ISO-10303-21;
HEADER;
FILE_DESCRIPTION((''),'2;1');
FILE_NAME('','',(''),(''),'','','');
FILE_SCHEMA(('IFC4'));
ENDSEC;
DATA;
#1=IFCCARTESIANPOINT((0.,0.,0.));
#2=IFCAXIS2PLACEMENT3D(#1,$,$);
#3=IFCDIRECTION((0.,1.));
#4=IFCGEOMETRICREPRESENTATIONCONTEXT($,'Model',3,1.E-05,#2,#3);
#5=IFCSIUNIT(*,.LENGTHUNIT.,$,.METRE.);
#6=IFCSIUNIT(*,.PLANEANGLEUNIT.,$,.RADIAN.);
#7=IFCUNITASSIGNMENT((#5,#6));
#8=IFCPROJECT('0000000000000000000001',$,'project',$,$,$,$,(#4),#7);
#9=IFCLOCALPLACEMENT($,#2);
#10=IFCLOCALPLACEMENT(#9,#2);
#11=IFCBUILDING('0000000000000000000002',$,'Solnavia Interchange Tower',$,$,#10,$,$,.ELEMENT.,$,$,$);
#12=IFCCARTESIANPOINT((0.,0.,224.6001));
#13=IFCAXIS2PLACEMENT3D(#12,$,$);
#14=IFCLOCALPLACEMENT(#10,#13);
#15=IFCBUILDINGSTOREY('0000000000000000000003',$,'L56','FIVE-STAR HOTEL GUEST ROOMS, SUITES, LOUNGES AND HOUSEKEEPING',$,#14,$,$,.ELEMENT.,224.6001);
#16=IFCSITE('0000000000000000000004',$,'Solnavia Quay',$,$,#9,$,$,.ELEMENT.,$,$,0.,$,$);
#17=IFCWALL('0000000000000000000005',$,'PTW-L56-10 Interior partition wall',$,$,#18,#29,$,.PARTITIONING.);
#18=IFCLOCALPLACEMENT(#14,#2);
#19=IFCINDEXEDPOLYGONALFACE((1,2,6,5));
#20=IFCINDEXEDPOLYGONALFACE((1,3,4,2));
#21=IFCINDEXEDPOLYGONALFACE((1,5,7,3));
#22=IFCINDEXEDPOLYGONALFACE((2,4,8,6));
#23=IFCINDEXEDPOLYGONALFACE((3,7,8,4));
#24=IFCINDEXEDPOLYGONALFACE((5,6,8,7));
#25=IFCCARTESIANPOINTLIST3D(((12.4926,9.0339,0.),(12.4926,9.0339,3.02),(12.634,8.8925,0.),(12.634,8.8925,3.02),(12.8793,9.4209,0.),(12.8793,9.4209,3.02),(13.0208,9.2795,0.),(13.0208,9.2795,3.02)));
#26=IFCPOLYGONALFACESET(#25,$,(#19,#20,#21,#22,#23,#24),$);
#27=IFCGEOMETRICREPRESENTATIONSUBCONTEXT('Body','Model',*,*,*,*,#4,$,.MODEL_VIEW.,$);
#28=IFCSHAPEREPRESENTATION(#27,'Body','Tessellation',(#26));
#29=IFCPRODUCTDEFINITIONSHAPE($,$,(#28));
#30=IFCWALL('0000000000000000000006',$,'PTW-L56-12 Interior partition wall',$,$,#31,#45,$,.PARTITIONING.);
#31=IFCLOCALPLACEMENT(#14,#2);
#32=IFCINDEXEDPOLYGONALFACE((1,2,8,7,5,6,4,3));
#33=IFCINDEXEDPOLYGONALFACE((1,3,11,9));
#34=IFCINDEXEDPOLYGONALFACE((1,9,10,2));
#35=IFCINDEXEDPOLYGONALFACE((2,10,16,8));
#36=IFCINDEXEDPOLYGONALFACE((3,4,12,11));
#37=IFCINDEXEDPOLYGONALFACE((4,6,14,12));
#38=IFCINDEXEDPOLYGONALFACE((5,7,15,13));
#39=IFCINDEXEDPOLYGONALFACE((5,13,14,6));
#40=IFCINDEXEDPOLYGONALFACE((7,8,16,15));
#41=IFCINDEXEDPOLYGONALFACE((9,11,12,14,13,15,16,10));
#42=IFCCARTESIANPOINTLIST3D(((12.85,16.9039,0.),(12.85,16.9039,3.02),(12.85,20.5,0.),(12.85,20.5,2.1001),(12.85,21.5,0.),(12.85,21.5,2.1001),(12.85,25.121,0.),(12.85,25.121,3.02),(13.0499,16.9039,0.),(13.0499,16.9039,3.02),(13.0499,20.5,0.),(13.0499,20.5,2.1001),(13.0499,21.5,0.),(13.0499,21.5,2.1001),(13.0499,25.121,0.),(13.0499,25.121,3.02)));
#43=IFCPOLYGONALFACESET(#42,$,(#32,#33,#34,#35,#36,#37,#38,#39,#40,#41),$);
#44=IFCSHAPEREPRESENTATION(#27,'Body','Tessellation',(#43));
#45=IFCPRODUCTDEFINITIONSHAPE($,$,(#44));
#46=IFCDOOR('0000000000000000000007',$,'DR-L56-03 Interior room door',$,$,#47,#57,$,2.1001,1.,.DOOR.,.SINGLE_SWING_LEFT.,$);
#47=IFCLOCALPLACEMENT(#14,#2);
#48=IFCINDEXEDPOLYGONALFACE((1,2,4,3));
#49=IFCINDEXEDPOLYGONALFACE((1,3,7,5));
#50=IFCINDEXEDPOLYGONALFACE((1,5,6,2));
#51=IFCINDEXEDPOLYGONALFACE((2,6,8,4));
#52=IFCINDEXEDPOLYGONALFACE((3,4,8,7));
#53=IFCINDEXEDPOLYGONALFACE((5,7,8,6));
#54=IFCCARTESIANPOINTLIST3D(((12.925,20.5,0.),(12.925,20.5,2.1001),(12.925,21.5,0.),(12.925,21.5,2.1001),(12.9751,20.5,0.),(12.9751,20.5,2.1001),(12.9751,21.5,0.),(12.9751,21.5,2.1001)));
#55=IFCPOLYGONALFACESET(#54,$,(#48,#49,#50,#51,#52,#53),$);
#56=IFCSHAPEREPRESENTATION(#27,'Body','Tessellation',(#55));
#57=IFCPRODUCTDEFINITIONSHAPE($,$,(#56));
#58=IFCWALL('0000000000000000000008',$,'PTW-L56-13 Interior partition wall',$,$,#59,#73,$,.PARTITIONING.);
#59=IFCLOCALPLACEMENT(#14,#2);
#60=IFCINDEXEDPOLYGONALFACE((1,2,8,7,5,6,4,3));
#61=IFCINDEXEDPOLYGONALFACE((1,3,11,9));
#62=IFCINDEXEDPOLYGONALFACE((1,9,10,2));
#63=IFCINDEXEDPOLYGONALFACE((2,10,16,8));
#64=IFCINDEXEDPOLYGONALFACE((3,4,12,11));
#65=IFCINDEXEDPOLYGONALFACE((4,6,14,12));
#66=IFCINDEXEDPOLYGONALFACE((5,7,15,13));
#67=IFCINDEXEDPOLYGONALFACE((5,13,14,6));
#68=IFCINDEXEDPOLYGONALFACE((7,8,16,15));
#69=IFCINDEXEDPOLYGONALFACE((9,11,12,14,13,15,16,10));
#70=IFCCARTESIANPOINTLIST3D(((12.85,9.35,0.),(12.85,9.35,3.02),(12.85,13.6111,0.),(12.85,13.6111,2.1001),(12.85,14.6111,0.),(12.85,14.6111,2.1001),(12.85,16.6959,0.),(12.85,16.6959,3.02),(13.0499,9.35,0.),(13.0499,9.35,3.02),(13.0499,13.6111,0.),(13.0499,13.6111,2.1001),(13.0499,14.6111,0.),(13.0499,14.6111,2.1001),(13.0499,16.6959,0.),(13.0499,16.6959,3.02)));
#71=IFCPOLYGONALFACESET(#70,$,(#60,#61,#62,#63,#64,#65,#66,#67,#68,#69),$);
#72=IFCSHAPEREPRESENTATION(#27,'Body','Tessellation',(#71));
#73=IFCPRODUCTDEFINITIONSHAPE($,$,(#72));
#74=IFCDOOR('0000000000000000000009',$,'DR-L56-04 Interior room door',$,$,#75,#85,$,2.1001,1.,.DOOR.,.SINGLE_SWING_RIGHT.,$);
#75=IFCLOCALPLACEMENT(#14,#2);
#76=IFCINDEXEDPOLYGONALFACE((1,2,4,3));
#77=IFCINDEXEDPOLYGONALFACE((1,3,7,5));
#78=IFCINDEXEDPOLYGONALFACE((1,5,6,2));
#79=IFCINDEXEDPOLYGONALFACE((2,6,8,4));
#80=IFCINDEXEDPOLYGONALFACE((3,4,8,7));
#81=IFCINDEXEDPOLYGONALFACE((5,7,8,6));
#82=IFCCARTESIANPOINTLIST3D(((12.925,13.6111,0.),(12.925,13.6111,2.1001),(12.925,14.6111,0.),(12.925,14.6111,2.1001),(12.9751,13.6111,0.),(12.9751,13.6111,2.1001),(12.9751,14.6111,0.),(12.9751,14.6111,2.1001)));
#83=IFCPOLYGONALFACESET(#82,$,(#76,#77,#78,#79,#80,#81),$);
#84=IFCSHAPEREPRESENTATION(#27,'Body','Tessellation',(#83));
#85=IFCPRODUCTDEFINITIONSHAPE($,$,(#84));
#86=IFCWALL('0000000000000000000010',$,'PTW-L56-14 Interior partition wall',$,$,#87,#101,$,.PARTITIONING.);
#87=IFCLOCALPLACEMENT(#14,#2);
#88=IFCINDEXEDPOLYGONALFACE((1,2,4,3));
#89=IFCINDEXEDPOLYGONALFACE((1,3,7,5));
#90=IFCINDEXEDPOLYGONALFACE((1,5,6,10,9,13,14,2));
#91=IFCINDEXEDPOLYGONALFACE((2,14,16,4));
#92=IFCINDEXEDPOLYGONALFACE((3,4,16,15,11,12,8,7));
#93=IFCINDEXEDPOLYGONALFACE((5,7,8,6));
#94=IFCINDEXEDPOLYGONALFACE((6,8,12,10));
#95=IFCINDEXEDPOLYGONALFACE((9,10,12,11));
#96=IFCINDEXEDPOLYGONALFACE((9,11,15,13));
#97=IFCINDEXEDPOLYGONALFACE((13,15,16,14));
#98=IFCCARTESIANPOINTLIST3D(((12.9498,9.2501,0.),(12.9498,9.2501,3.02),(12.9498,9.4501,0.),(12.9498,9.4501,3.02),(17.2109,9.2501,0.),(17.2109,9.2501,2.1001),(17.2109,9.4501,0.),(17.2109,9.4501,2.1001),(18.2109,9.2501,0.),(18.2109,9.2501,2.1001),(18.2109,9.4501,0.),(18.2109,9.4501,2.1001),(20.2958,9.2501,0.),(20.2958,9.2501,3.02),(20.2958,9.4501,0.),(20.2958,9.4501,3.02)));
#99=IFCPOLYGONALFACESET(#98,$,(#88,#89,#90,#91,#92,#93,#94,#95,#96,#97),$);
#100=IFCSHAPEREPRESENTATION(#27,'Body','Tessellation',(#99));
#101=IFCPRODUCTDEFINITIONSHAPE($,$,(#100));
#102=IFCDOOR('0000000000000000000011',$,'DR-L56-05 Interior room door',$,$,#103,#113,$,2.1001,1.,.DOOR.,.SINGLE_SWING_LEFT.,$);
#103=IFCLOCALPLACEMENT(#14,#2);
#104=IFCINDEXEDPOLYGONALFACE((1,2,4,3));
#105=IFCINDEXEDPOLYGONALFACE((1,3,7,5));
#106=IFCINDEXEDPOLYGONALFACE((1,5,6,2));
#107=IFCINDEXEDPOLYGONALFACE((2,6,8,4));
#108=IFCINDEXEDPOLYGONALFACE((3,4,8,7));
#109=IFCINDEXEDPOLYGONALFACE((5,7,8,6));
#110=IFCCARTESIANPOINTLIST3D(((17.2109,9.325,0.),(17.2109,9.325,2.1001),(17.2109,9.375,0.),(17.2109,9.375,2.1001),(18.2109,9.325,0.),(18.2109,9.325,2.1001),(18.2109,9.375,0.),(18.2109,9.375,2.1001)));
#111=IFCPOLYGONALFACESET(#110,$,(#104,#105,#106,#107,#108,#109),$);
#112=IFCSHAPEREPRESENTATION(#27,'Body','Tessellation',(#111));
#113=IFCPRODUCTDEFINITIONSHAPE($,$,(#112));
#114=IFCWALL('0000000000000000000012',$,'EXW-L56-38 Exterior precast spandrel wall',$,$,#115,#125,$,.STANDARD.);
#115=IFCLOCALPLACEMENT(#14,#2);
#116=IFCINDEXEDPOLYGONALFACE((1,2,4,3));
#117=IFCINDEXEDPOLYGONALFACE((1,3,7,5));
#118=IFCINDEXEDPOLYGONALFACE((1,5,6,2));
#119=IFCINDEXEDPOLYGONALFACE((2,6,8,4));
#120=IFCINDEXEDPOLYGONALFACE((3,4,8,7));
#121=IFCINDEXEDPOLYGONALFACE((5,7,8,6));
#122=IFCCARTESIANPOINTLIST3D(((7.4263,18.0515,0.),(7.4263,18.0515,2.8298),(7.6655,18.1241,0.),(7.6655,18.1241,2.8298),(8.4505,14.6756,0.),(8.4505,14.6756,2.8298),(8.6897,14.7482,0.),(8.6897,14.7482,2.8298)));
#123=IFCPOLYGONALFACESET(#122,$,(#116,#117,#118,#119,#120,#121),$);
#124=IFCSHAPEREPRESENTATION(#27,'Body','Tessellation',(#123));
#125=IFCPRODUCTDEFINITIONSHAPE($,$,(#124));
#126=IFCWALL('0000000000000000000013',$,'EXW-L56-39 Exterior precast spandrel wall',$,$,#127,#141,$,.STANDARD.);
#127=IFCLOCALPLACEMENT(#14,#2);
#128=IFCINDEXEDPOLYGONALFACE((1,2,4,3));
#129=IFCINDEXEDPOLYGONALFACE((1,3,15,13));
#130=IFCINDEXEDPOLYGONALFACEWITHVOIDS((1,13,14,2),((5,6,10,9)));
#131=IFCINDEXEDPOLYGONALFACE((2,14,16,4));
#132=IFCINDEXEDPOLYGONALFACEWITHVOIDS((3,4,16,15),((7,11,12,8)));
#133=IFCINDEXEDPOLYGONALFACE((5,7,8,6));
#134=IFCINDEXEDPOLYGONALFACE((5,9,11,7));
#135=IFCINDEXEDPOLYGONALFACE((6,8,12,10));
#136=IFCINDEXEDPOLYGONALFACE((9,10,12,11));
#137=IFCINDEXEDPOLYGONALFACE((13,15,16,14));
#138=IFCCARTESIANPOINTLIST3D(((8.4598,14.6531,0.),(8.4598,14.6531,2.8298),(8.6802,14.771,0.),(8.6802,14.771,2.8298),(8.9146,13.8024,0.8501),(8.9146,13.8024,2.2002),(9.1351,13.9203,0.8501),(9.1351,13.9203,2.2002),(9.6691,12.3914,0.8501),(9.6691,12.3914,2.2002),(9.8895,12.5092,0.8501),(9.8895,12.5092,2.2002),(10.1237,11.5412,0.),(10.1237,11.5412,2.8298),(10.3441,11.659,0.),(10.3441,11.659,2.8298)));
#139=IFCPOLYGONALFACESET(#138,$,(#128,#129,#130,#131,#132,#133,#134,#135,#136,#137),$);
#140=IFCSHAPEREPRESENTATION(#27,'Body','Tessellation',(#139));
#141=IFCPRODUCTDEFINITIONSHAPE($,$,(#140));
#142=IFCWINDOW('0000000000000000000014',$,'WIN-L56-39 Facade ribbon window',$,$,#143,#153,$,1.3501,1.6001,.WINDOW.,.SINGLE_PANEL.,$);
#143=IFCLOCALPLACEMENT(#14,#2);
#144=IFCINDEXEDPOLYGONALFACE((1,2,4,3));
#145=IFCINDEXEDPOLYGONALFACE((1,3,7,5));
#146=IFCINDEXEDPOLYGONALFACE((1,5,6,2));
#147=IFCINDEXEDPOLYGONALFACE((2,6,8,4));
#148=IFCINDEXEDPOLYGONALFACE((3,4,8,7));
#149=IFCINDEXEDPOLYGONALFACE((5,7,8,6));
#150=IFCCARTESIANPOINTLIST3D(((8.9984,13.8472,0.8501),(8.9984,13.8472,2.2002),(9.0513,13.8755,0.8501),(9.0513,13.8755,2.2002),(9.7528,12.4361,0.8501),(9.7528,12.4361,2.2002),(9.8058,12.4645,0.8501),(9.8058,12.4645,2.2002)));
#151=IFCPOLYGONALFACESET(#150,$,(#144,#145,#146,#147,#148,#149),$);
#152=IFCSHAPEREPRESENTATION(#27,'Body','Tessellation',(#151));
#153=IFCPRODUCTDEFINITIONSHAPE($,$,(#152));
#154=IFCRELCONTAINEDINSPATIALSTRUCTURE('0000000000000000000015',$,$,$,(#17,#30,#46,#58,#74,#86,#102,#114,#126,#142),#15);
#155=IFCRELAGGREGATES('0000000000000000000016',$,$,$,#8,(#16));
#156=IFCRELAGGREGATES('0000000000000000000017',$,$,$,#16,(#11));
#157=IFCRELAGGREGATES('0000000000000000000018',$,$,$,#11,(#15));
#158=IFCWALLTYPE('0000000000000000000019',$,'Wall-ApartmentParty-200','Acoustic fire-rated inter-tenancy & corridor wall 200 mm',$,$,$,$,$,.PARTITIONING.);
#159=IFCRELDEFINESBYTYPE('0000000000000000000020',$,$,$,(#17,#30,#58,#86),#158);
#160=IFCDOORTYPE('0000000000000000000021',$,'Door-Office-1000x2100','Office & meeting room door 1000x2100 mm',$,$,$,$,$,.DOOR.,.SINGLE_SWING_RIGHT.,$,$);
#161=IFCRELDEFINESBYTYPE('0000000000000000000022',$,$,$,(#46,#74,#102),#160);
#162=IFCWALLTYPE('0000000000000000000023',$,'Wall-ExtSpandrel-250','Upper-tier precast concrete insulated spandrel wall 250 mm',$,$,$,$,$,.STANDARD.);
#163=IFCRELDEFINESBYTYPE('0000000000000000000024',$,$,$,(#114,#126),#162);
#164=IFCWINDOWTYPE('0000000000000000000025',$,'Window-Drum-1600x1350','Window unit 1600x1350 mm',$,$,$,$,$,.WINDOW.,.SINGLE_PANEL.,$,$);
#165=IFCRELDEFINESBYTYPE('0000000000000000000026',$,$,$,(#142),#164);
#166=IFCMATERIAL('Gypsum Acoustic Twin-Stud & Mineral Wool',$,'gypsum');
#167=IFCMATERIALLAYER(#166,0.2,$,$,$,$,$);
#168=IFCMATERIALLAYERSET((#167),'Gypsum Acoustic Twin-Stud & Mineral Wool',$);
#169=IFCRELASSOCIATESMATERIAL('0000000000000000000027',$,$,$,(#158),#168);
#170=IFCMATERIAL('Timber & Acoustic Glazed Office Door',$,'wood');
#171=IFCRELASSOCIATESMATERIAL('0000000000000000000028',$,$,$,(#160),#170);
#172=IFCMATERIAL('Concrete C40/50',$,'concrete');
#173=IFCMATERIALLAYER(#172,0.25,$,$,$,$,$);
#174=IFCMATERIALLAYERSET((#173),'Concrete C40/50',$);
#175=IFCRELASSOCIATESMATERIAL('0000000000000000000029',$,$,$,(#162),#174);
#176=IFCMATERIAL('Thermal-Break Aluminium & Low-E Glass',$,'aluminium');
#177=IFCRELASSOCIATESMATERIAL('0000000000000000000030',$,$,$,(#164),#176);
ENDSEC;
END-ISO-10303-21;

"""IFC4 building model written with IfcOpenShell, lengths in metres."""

from ifc_helpers import new_model, si_unit, direction, frame, frame_2d, origin, place, context, subcontext, project, spatial, rectangle, extrude, material, layer, layer_set, type_object, element, fill, save


model = new_model("IFC4")

# Units and contexts
model_context = context("Model", 3, precision=1e-05, world=origin(), true_north=direction((0.0, 1.0)))
body_context = subcontext(model_context, "Body", "Model", "MODEL_VIEW")
ifc_project = project(units=[si_unit("LENGTHUNIT", "METRE"), si_unit("PLANEANGLEUNIT", "RADIAN")], contexts=[model_context])

# Site, building, storey
site_placement = place(None, origin())
site = spatial("IfcSite", under=ifc_project, at=site_placement, Name="Solnavia Quay", CompositionType="ELEMENT", RefElevation=0.0)
building_placement = place(site_placement, origin())
building = spatial("IfcBuilding", under=site, at=building_placement, Name="Solnavia Interchange Tower", CompositionType="ELEMENT")
storey_placement = place(building_placement, frame((0.0, 0.0, 224.6001)))
storey = spatial("IfcBuildingStorey", under=building, at=storey_placement, Name="L56", Description="FIVE-STAR HOTEL GUEST ROOMS, SUITES, LOUNGES AND HOUSEKEEPING", CompositionType="ELEMENT", Elevation=224.6001)

# Shared definitions
ifc_material_1 = material(Name="Concrete C40/50", Category="concrete")

# Wall
ifc_material_2 = material(Name="Gypsum Acoustic Twin-Stud & Mineral Wool", Category="gypsum")
ifc_layer_1 = layer(ifc_material_2, 0.2)
ifc_layer_set_1 = layer_set([ifc_layer_1], Name="Gypsum Acoustic Twin-Stud & Mineral Wool")
wall_type_1 = type_object("IfcWallType", Name="Wall-ApartmentParty-200", Description="Acoustic fire-rated inter-tenancy & corridor wall 200 mm", PredefinedType="PARTITIONING", material=ifc_layer_set_1)
wall_1_placement = place(storey_placement, frame((12.95, 9.3501, 0.0), z_axis=(0.0, 0.0, 1.0), x_axis=(-0.706884, -0.70733, 0.0)))
element("IfcWall", 1, at=wall_1_placement, inside=storey, type_object=wall_type_1, Name="PTW-L56-10 Interior partition wall", PredefinedType="PARTITIONING", context=body_context, shape_type="SweptSolid", body=[
    extrude(rectangle(XDim=0.5471, YDim=0.2, at=frame_2d((0.2734, 0.0))), origin(), (0.0, 0.0, 1.0), 3.02),
])

# Walls, openings, doors
wall_2_placement = place(storey_placement, frame((12.95, 16.9041, 0.0), z_axis=(0.0, 0.0, 1.0), x_axis=(0.0, 1.0, 0.0)))
wall_2 = element("IfcWall", 2, at=wall_2_placement, inside=storey, type_object=wall_type_1, Name="PTW-L56-12 Interior partition wall", PredefinedType="PARTITIONING", context=body_context, shape_type="SweptSolid", body=[
    extrude(rectangle(XDim=8.217, YDim=0.2, at=frame_2d((4.1084, 0.0))), origin(), (0.0, 0.0, 1.0), 3.02),
])
opening_1_placement = place(wall_2_placement, frame((3.5959, 0.0, 0.0)))
opening_1 = element("IfcOpeningElement", 3, at=opening_1_placement, cuts=wall_2, PredefinedType="OPENING", context=body_context, shape_type="SweptSolid", body=[
    extrude(rectangle(XDim=1.0, YDim=2.1001, at=frame_2d((0.5, 1.05))), frame((0.0, 0.1099, 0.0), z_axis=(0.0, -1.0, 0.0), x_axis=(1.0, 0.0, 0.0)), (0.0, 0.0, 1.0), 0.22),
])
ifc_material_3 = material(Name="Timber & Acoustic Glazed Office Door", Category="wood")
door_type = type_object("IfcDoorType", Name="Door-Office-1000x2100", Description="Office & meeting room door 1000x2100 mm", OperationType="SINGLE_SWING_RIGHT", PredefinedType="DOOR", material=ifc_material_3)
door_1_placement = place(opening_1_placement, origin())
door_1 = element("IfcDoor", 4, at=door_1_placement, inside=storey, type_object=door_type, Name="DR-L56-03 Interior room door", OperationType="SINGLE_SWING_LEFT", OverallHeight=2.1001, OverallWidth=1.0, PredefinedType="DOOR", context=body_context, shape_type="SweptSolid", body=[
    extrude(rectangle(XDim=1.0, YDim=2.1001, at=frame_2d((0.5, 1.05))), frame((0.0, 0.0249, 0.0), z_axis=(0.0, -1.0, 0.0), x_axis=(1.0, 0.0, 0.0)), (0.0, 0.0, 1.0), 0.05),
])
fill(opening_1, door_1)
wall_3_placement = place(storey_placement, frame((12.95, 9.3501, 0.0), z_axis=(0.0, 0.0, 1.0), x_axis=(0.0, 1.0, 0.0)))
wall_3 = element("IfcWall", 5, at=wall_3_placement, inside=storey, type_object=wall_type_1, Name="PTW-L56-13 Interior partition wall", PredefinedType="PARTITIONING", context=body_context, shape_type="SweptSolid", body=[
    extrude(rectangle(XDim=7.3459, YDim=0.2, at=frame_2d((3.6729, 0.0))), origin(), (0.0, 0.0, 1.0), 3.02),
])
opening_2_placement = place(wall_3_placement, frame((4.261, 0.0, 0.0)))
opening_2 = element("IfcOpeningElement", 6, at=opening_2_placement, cuts=wall_3, PredefinedType="OPENING", context=body_context, shape_type="SweptSolid", body=[
    extrude(rectangle(XDim=1.0, YDim=2.1001, at=frame_2d((0.5, 1.05))), frame((0.0, 0.1099, 0.0), z_axis=(0.0, -1.0, 0.0), x_axis=(1.0, 0.0, 0.0)), (0.0, 0.0, 1.0), 0.22),
])
door_2_placement = place(opening_2_placement, origin())
door_2 = element("IfcDoor", 7, at=door_2_placement, inside=storey, type_object=door_type, Name="DR-L56-04 Interior room door", OperationType="SINGLE_SWING_RIGHT", OverallHeight=2.1001, OverallWidth=1.0, PredefinedType="DOOR", context=body_context, shape_type="SweptSolid", body=[
    extrude(rectangle(XDim=1.0, YDim=2.1001, at=frame_2d((0.5, 1.05))), frame((0.0, 0.0249, 0.0), z_axis=(0.0, -1.0, 0.0), x_axis=(1.0, 0.0, 0.0)), (0.0, 0.0, 1.0), 0.05),
])
fill(opening_2, door_2)
wall_4_placement = place(storey_placement, frame((12.95, 9.3501, 0.0), z_axis=(0.0, 0.0, 1.0), x_axis=(1.0, 0.0, 0.0)))
wall_4 = element("IfcWall", 8, at=wall_4_placement, inside=storey, type_object=wall_type_1, Name="PTW-L56-14 Interior partition wall", PredefinedType="PARTITIONING", context=body_context, shape_type="SweptSolid", body=[
    extrude(rectangle(XDim=7.3459, YDim=0.2, at=frame_2d((3.6729, 0.0))), origin(), (0.0, 0.0, 1.0), 3.02),
])
opening_3_placement = place(wall_4_placement, frame((4.261, 0.0, 0.0)))
opening_3 = element("IfcOpeningElement", 9, at=opening_3_placement, cuts=wall_4, PredefinedType="OPENING", context=body_context, shape_type="SweptSolid", body=[
    extrude(rectangle(XDim=1.0, YDim=2.1001, at=frame_2d((0.5, 1.05))), frame((0.0, 0.1099, 0.0), z_axis=(0.0, -1.0, 0.0), x_axis=(1.0, 0.0, 0.0)), (0.0, 0.0, 1.0), 0.22),
])
door_3_placement = place(opening_3_placement, origin())
door_3 = element("IfcDoor", 10, at=door_3_placement, inside=storey, type_object=door_type, Name="DR-L56-05 Interior room door", OperationType="SINGLE_SWING_LEFT", OverallHeight=2.1001, OverallWidth=1.0, PredefinedType="DOOR", context=body_context, shape_type="SweptSolid", body=[
    extrude(rectangle(XDim=1.0, YDim=2.1001, at=frame_2d((0.5, 1.05))), frame((0.0, 0.0249, 0.0), z_axis=(0.0, -1.0, 0.0), x_axis=(1.0, 0.0, 0.0)), (0.0, 0.0, 1.0), 0.05),
])
fill(opening_3, door_3)

# Wall
ifc_layer_2 = layer(ifc_material_1, 0.25)
ifc_layer_set_2 = layer_set([ifc_layer_2], Name="Concrete C40/50")
wall_type_2 = type_object("IfcWallType", Name="Wall-ExtSpandrel-250", Description="Upper-tier precast concrete insulated spandrel wall 250 mm", PredefinedType="STANDARD", material=ifc_layer_set_2)
wall_5_placement = place(storey_placement, frame((8.5701, 14.7119, 0.0), z_axis=(0.0, 0.0, 1.0), x_axis=(-0.290305, 0.956934, 0.0)))
element("IfcWall", 11, at=wall_5_placement, inside=storey, type_object=wall_type_2, Name="EXW-L56-38 Exterior precast spandrel wall", PredefinedType="STANDARD", context=body_context, shape_type="SweptSolid", body=[
    extrude(rectangle(XDim=3.5278, YDim=0.25, at=frame_2d((1.7639, 0.0))), origin(), (0.0, 0.0, 1.0), 2.8298),
])

# Wall, opening, window
wall_6_placement = place(storey_placement, frame((10.2339, 11.6001, 0.0), z_axis=(0.0, 0.0, 1.0), x_axis=(-0.471511, 0.88186, 0.0)))
wall_6 = element("IfcWall", 12, at=wall_6_placement, inside=storey, type_object=wall_type_2, Name="EXW-L56-39 Exterior precast spandrel wall", PredefinedType="STANDARD", context=body_context, shape_type="SweptSolid", body=[
    extrude(rectangle(XDim=3.5288, YDim=0.25, at=frame_2d((1.7644, 0.0))), origin(), (0.0, 0.0, 1.0), 2.8298),
])
opening_4_placement = place(wall_6_placement, frame((0.9641, 0.0, 0.8501)))
opening_4 = element("IfcOpeningElement", 13, at=opening_4_placement, cuts=wall_6, PredefinedType="OPENING", context=body_context, shape_type="SweptSolid", body=[
    extrude(rectangle(XDim=1.6001, YDim=1.3501, at=frame_2d((0.8, 0.675))), frame((0.0, 0.135, 0.0), z_axis=(0.0, -1.0, 0.0), x_axis=(1.0, 0.0, 0.0)), (0.0, 0.0, 1.0), 0.27),
])
ifc_material_4 = material(Name="Thermal-Break Aluminium & Low-E Glass", Category="aluminium")
window_type = type_object("IfcWindowType", Name="Window-Drum-1600x1350", Description="Window unit 1600x1350 mm", PartitioningType="SINGLE_PANEL", PredefinedType="WINDOW", material=ifc_material_4)
window_1_placement = place(opening_4_placement, origin())
window_1 = element("IfcWindow", 14, at=window_1_placement, inside=storey, type_object=window_type, Name="WIN-L56-39 Facade ribbon window", OverallHeight=1.3501, OverallWidth=1.6001, PartitioningType="SINGLE_PANEL", PredefinedType="WINDOW", context=body_context, shape_type="SweptSolid", body=[
    extrude(rectangle(XDim=1.6001, YDim=1.3501, at=frame_2d((0.8, 0.675))), frame((0.0, 0.03, 0.0), z_axis=(0.0, -1.0, 0.0), x_axis=(1.0, 0.0, 0.0)), (0.0, 0.0, 1.0), 0.0601),
])
fill(opening_4, window_1)

save(model, "model.ifc")
